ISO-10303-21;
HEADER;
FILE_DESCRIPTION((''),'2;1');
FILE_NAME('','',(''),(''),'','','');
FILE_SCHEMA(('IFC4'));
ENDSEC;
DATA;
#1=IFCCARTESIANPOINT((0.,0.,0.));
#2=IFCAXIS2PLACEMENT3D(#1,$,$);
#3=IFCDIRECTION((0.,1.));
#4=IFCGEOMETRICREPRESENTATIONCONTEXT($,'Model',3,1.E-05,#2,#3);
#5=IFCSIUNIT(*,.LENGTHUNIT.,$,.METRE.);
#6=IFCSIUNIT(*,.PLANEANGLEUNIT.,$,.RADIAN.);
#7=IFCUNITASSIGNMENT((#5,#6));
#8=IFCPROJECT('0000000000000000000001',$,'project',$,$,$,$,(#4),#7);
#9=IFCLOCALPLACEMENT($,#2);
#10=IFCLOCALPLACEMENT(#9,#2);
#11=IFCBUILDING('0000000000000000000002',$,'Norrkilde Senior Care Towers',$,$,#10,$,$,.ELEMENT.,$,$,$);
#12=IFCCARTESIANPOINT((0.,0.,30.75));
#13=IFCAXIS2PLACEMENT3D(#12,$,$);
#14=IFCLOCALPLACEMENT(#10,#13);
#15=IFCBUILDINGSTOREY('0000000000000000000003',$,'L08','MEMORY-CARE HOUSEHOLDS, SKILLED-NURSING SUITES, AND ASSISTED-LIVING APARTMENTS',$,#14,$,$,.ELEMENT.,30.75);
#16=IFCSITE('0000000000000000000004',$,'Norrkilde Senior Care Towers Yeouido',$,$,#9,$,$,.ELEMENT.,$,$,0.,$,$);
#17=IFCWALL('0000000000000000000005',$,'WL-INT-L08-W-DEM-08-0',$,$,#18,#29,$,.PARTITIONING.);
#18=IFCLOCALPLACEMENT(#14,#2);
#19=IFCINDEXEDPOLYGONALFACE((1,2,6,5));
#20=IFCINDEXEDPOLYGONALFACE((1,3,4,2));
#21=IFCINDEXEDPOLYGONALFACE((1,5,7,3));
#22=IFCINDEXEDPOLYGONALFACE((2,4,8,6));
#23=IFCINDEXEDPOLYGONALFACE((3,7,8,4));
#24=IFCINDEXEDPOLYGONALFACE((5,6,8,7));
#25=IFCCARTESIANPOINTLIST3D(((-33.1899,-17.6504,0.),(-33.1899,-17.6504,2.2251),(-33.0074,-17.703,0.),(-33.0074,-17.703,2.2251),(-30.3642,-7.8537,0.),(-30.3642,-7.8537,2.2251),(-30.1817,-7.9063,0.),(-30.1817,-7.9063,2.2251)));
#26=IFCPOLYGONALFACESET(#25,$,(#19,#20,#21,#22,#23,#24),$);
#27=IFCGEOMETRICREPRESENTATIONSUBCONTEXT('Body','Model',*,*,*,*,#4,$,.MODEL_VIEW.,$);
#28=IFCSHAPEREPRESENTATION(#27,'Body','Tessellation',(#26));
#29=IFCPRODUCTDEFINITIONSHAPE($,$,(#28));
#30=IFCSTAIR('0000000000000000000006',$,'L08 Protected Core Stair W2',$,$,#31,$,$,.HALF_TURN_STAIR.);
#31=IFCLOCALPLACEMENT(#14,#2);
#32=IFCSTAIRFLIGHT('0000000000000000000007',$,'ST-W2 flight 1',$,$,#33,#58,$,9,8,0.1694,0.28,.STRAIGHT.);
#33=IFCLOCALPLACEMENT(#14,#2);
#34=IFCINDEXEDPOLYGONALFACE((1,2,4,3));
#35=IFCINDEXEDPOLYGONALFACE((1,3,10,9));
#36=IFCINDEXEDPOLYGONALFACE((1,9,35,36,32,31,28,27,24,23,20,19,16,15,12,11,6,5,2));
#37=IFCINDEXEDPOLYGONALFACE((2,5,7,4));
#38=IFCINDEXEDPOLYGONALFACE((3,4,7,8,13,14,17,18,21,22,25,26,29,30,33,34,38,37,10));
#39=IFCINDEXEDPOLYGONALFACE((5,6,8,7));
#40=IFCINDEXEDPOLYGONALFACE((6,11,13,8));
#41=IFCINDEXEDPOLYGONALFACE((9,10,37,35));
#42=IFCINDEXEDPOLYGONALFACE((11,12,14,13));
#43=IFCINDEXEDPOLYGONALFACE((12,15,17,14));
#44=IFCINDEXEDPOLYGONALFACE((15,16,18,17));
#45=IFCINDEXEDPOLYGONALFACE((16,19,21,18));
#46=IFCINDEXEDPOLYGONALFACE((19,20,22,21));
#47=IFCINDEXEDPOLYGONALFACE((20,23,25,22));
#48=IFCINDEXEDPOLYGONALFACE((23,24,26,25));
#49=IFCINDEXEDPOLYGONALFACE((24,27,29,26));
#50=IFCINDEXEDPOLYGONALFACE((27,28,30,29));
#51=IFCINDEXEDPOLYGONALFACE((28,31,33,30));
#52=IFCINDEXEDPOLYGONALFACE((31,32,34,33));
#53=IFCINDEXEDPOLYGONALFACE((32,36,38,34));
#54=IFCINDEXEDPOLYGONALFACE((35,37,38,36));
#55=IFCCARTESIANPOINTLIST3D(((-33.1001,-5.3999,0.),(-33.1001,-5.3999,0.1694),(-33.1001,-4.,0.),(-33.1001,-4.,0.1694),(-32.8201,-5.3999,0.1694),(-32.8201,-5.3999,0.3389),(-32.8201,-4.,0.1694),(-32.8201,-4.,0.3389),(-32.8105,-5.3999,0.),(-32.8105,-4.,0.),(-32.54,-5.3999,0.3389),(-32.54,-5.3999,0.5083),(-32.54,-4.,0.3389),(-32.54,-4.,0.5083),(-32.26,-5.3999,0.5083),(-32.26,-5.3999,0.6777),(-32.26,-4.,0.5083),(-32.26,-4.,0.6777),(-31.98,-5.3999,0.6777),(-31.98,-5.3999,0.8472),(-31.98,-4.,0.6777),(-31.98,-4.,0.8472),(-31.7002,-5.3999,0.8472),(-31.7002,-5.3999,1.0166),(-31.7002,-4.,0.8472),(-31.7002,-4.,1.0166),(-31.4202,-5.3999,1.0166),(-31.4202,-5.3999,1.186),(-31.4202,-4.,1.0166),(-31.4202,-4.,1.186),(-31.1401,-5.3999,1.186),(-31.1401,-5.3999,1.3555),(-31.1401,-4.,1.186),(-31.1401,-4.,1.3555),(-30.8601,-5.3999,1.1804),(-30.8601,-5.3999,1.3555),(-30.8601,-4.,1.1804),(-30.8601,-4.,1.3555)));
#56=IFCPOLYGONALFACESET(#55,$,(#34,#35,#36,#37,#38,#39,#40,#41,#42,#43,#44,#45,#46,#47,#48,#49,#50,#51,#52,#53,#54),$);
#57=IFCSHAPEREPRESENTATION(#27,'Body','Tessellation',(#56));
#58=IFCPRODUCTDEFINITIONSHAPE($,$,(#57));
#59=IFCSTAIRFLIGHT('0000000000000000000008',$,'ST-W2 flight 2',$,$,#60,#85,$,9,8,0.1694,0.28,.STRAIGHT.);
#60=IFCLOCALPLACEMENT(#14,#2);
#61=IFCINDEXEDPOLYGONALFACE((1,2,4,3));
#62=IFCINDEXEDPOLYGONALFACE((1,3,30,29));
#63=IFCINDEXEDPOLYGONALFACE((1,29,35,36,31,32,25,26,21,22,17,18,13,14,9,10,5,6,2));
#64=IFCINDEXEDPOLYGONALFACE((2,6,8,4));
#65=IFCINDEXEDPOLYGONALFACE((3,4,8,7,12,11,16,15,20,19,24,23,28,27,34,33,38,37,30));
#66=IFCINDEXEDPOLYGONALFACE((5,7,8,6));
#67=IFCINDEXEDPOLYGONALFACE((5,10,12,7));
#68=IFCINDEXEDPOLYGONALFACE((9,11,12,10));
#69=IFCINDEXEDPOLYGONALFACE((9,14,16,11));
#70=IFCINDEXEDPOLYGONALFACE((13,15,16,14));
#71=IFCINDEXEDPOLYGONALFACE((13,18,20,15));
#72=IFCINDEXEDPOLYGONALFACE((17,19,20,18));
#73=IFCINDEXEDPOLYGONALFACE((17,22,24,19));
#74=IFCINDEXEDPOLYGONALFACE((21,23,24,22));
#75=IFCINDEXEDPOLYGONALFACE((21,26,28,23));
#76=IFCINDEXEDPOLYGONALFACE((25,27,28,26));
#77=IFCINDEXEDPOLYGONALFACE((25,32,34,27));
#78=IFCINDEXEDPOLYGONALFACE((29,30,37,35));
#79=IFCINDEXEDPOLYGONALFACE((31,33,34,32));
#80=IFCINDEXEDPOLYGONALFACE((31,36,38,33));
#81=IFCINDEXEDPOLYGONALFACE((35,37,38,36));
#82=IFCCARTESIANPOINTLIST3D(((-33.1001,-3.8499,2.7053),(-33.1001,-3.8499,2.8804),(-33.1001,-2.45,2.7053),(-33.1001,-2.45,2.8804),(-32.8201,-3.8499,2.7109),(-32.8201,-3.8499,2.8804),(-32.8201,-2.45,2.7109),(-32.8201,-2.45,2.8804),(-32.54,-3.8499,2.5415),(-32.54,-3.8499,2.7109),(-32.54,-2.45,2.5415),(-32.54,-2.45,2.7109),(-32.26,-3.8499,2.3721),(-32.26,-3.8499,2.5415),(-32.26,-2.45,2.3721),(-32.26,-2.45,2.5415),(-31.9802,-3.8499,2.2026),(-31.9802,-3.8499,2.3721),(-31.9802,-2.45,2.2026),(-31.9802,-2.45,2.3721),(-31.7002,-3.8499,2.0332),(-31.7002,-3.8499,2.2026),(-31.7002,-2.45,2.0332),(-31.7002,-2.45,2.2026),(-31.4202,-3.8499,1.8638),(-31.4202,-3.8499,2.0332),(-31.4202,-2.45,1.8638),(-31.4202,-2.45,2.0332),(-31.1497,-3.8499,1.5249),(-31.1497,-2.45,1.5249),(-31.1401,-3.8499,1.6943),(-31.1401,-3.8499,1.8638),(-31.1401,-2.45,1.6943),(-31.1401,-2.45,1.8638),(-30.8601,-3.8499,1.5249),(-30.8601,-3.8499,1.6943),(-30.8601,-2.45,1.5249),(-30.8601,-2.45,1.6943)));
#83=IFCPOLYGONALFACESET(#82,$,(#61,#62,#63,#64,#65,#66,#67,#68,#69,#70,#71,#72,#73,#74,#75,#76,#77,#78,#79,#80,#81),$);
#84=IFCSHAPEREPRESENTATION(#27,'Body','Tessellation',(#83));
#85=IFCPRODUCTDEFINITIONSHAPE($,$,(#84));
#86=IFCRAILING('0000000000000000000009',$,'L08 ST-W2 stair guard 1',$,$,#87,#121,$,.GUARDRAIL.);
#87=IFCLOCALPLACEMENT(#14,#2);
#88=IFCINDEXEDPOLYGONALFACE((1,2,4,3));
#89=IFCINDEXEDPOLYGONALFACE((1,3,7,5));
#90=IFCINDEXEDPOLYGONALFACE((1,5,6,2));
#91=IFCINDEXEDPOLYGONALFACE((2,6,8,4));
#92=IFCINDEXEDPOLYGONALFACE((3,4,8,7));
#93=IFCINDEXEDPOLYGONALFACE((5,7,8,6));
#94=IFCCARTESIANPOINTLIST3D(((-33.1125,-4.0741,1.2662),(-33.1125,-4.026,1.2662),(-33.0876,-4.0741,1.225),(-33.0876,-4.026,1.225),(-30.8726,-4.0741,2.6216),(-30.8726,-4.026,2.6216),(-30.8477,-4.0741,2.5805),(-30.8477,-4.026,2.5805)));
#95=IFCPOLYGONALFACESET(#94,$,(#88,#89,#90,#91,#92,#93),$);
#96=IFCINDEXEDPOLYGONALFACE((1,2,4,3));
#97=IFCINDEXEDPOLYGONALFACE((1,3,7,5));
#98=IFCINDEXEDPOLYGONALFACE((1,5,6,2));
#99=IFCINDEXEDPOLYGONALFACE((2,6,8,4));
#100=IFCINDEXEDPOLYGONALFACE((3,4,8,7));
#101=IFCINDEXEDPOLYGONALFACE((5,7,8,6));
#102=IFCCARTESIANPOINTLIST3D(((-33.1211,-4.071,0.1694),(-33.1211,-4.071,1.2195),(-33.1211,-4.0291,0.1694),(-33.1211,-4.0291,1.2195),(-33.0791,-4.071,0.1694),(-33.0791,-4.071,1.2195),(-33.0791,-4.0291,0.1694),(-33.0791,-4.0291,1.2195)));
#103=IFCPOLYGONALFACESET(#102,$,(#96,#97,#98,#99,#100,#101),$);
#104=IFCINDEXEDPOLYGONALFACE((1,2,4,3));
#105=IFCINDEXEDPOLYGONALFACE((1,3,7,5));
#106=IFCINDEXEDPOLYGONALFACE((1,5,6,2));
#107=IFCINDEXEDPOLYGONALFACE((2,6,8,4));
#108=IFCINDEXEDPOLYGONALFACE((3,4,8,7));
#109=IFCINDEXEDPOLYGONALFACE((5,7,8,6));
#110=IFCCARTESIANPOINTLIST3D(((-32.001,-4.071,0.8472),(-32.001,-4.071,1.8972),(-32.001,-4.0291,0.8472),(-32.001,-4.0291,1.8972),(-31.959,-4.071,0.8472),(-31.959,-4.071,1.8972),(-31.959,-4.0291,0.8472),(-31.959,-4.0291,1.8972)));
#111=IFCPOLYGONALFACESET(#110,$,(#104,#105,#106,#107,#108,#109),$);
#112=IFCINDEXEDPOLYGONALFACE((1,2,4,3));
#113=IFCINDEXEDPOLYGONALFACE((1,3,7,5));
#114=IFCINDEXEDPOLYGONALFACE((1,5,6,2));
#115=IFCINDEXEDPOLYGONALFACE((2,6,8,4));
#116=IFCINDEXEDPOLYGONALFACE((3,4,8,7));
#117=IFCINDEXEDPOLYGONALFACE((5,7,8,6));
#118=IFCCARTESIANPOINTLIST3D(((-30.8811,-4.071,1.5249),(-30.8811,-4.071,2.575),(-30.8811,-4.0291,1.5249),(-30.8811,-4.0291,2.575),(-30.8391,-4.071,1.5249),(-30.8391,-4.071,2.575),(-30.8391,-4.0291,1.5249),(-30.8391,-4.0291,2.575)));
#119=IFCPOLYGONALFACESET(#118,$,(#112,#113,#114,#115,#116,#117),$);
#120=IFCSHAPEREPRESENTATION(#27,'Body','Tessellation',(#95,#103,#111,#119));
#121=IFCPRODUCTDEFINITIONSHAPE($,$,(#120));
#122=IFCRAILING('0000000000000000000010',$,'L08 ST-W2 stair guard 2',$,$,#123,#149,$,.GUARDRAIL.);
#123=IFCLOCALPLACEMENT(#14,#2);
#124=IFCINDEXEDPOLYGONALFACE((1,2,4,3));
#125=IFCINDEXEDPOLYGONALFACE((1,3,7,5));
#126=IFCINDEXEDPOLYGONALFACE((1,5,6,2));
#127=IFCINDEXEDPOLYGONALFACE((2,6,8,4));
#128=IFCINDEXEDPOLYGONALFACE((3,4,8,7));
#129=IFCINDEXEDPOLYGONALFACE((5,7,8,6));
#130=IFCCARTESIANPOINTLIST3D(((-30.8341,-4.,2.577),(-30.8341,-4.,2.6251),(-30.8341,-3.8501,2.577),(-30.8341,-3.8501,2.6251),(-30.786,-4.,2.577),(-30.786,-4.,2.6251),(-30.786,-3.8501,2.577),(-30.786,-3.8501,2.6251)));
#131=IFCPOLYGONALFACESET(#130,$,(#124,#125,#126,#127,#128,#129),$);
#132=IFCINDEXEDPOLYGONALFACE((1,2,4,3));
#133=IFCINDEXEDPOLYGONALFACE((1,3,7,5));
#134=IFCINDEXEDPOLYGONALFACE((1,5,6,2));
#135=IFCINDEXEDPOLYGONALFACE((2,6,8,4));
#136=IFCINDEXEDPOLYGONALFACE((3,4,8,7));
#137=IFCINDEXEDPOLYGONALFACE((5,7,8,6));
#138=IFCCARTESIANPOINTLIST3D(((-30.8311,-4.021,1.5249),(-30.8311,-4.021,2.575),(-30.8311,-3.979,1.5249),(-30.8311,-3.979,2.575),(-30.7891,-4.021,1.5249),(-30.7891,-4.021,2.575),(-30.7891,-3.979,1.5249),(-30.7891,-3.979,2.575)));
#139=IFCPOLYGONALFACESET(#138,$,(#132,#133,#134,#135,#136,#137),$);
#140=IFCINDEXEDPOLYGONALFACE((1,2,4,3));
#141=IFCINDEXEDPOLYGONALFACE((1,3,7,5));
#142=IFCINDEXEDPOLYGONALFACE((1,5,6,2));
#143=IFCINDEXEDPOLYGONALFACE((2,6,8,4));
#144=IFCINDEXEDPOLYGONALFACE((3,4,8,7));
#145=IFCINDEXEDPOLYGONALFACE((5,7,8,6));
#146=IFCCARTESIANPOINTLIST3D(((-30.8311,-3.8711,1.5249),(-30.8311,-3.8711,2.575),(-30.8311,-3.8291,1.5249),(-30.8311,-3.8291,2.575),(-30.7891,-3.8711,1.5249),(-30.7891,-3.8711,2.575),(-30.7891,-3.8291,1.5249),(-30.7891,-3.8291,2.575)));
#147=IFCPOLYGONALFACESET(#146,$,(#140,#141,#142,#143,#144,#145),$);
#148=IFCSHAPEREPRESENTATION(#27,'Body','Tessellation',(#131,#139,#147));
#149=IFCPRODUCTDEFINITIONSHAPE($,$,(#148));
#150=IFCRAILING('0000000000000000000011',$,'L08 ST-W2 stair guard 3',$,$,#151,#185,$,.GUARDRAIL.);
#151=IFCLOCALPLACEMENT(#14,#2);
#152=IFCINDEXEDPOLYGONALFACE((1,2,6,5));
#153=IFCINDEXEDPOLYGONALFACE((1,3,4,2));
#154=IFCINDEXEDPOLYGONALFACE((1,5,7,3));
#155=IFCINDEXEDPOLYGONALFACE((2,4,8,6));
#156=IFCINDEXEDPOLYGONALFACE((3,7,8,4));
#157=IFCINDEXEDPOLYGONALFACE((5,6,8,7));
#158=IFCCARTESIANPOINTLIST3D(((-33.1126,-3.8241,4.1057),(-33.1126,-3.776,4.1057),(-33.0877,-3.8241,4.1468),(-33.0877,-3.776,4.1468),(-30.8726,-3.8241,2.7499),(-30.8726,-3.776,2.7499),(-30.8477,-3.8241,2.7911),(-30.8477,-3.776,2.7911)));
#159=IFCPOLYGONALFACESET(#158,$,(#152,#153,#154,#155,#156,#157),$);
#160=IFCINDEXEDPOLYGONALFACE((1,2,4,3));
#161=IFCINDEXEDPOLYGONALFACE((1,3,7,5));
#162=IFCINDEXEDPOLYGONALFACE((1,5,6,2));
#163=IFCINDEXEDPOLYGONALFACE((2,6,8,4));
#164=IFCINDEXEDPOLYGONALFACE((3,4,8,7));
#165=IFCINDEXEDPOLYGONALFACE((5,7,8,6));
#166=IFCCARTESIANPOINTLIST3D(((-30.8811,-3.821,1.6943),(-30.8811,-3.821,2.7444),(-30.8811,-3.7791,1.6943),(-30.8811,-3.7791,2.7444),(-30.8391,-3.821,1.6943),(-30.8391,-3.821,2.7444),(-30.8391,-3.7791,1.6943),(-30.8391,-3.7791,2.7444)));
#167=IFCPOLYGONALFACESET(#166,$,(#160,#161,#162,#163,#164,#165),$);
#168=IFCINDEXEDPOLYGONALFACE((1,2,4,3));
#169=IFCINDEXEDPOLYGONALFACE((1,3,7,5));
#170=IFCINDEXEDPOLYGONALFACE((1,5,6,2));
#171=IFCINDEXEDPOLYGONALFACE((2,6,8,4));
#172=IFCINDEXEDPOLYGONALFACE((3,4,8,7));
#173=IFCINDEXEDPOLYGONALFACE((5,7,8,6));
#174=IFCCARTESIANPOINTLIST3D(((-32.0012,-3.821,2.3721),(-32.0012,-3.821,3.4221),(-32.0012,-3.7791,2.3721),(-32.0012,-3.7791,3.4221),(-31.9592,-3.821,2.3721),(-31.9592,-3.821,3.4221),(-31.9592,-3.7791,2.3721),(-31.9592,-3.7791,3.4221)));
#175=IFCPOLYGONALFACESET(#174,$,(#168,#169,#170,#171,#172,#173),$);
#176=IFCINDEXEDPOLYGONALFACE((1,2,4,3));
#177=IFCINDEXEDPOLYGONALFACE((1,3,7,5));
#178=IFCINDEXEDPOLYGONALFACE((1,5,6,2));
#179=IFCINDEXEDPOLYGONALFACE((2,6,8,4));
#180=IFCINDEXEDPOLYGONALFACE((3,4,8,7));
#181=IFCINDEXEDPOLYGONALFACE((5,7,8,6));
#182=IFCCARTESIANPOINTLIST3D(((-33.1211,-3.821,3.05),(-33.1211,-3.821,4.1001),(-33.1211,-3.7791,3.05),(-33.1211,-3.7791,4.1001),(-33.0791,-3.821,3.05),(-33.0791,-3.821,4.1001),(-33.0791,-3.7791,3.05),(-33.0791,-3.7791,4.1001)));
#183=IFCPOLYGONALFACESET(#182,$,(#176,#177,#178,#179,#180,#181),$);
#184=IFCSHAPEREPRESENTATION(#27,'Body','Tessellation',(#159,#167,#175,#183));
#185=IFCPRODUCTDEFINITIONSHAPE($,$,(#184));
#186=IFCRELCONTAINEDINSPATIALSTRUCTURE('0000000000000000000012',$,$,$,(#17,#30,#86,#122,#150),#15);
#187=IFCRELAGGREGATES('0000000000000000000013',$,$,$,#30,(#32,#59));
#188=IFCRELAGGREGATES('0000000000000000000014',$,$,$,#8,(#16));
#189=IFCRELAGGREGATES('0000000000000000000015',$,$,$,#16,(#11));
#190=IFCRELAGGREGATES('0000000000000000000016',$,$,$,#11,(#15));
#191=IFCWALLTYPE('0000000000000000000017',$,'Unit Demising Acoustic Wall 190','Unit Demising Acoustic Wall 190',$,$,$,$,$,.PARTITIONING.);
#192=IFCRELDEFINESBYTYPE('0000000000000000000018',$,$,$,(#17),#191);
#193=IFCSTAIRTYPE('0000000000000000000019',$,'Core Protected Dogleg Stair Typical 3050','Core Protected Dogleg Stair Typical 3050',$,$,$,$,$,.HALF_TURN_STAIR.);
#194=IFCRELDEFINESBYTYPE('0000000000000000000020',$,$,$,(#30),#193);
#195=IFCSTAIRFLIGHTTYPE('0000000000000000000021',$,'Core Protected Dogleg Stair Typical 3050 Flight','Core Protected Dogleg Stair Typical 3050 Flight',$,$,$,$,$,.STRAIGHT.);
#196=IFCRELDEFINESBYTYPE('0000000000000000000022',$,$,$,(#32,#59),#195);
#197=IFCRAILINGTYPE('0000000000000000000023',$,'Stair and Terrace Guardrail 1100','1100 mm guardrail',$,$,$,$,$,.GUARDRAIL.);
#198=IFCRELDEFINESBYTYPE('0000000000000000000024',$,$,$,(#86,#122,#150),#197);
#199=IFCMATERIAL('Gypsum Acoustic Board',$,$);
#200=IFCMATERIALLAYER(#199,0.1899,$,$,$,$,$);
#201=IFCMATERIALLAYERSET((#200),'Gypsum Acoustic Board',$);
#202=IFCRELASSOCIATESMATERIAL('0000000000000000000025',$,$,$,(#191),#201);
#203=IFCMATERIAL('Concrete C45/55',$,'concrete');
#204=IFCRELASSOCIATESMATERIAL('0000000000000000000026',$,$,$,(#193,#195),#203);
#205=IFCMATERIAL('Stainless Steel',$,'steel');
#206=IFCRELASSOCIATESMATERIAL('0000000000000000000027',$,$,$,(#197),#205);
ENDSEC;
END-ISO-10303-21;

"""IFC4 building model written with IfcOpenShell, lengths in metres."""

from ifc_helpers import new_model, si_unit, direction, frame, frame_2d, origin, origin_2d, place, context, subcontext, project, spatial, polyline, rectangle, outline, extrude, source, transform, mapped, material, layer, layer_set, type_object, type_shapes, element, aggregate, save


model = new_model("IFC4")

# Units and contexts
model_context = context("Model", 3, precision=1e-05, world=origin(), true_north=direction((0.0, 1.0)))
body_context = subcontext(model_context, "Body", "Model", "MODEL_VIEW")
ifc_project = project(units=[si_unit("LENGTHUNIT", "METRE"), si_unit("PLANEANGLEUNIT", "RADIAN")], contexts=[model_context])

# Site, building, storey
site_placement = place(None, origin())
site = spatial("IfcSite", under=ifc_project, at=site_placement, Name="Norrkilde Senior Care Towers Yeouido", CompositionType="ELEMENT", RefElevation=0.0)
building_placement = place(site_placement, origin())
building = spatial("IfcBuilding", under=site, at=building_placement, Name="Norrkilde Senior Care Towers", CompositionType="ELEMENT")
storey_placement = place(building_placement, frame((0.0, 0.0, 30.75)))
storey = spatial("IfcBuildingStorey", under=building, at=storey_placement, Name="L08", Description="MEMORY-CARE HOUSEHOLDS, SKILLED-NURSING SUITES, AND ASSISTED-LIVING APARTMENTS", CompositionType="ELEMENT", Elevation=30.75)

# Shared definitions
ifc_material_1 = material(Name="Concrete C45/55", Category="concrete")

# Wall
ifc_material_2 = material(Name="Gypsum Acoustic Board")
ifc_layer_1 = layer(ifc_material_2, 0.1899)
ifc_layer_set_1 = layer_set([ifc_layer_1], Name="Gypsum Acoustic Board")
wall_type_1 = type_object("IfcWallType", Name="Unit Demising Acoustic Wall 190", Description="Unit Demising Acoustic Wall 190", PredefinedType="PARTITIONING", material=ifc_layer_set_1)
shared_shape_1 = source(origin(), body_context, "Body", "SweptSolid", [
    extrude(rectangle(XDim=10.196, YDim=0.1899, at=frame_2d((5.0981, 0.0))), origin(), (0.0, 0.0, 1.0), 2.2251),
])
type_shapes(wall_type_1, [shared_shape_1])
wall_1_placement = place(storey_placement, frame((-30.2729, -7.8799, 0.0), z_axis=(0.0, 0.0, 1.0), x_axis=(-0.277136, -0.960831, 0.0)))
element("IfcWall", 1, at=wall_1_placement, inside=storey, type_object=wall_type_1, Name="WL-INT-L08-W-DEM-08-0", PredefinedType="PARTITIONING", context=body_context, shape_type="MappedRepresentation", body=[
    mapped(shared_shape_1, transform((0.0, 0.0, 0.0), x_axis=(1.0, 0.0, 0.0), y_axis=(0.0, 1.0, 0.0), z_axis=(0.0, 0.0, 1.0), scale=1.0)),
])

# Stair, stair flights
stair_type = type_object("IfcStairType", Name="Core Protected Dogleg Stair Typical 3050", Description="Core Protected Dogleg Stair Typical 3050", PredefinedType="HALF_TURN_STAIR", material=ifc_material_1)
stair_placement = place(storey_placement, origin())
stair = element("IfcStair", 2, at=stair_placement, inside=storey, type_object=stair_type, Name="L08 Protected Core Stair W2", PredefinedType="HALF_TURN_STAIR")
stair_flight_type = type_object("IfcStairFlightType", Name="Core Protected Dogleg Stair Typical 3050 Flight", Description="Core Protected Dogleg Stair Typical 3050 Flight", PredefinedType="STRAIGHT", material=ifc_material_1)
stair_flight_1_placement = place(storey_placement, frame((-33.1001, -4.7, 0.0), z_axis=(0.0, 0.0, 1.0), x_axis=(1.0, 0.0, 0.0)))
stair_flight_1 = element("IfcStairFlight", 3, at=stair_flight_1_placement, type_object=stair_flight_type, Name="ST-W2 flight 1", NumberOfRisers=9, NumberOfTreads=8, PredefinedType="STRAIGHT", RiserHeight=0.1694, TreadLength=0.28, context=body_context, shape_type="SweptSolid", body=[
    extrude(outline(polyline([(0.0, 0.0), (0.0, 0.1694), (0.28, 0.1694), (0.28, 0.3389), (0.5601, 0.3389), (0.5601, 0.5083), (0.8401, 0.5083), (0.8401, 0.6777), (1.1201, 0.6777), (1.1201, 0.8472), (1.3999, 0.8472), (1.3999, 1.0166), (1.6799, 1.0166), (1.6799, 1.186), (1.96, 1.186), (1.96, 1.3555), (2.24, 1.3555), (2.24, 1.5249), (2.24, 1.1804), (0.2896, 0.0), (0.0, 0.0)])), frame((0.0, 0.7, 0.0), z_axis=(0.0, -1.0, 0.0), x_axis=(1.0, 0.0, 0.0)), (0.0, 0.0, 1.0), 1.3999),
])
stair_flight_2_placement = place(storey_placement, frame((-30.8601, -3.1499, 1.5249), z_axis=(0.0, 0.0, 1.0), x_axis=(-1.0, 0.0, 0.0)))
stair_flight_2 = element("IfcStairFlight", 4, at=stair_flight_2_placement, type_object=stair_flight_type, Name="ST-W2 flight 2", NumberOfRisers=9, NumberOfTreads=8, PredefinedType="STRAIGHT", RiserHeight=0.1694, TreadLength=0.28, context=body_context, shape_type="SweptSolid", body=[
    extrude(outline(polyline([(0.0, 0.0), (0.0, 0.1694), (0.28, 0.1694), (0.28, 0.3389), (0.5601, 0.3389), (0.5601, 0.5083), (0.8401, 0.5083), (0.8401, 0.6777), (1.1201, 0.6777), (1.1201, 0.8472), (1.3999, 0.8472), (1.3999, 1.0166), (1.6799, 1.0166), (1.6799, 1.186), (1.96, 1.186), (1.96, 1.3555), (2.24, 1.3555), (2.24, 1.5249), (2.24, 1.1804), (0.2896, 0.0), (0.0, 0.0)])), frame((0.0, 0.7, 0.0), z_axis=(0.0, -1.0, 0.0), x_axis=(1.0, 0.0, 0.0)), (0.0, 0.0, 1.0), 1.3999),
])
aggregate(stair, [stair_flight_1, stair_flight_2])

# Railings
ifc_material_3 = material(Name="Stainless Steel", Category="steel")
railing_type_1 = type_object("IfcRailingType", Name="Stair and Terrace Guardrail 1100", Description="1100 mm guardrail", PredefinedType="GUARDRAIL", material=ifc_material_3)
railing_1_placement = place(storey_placement, frame((-33.1001, -4.05, 0.1694)))
element("IfcRailing", 5, at=railing_1_placement, inside=storey, type_object=railing_type_1, Name="L08 ST-W2 stair guard 1", PredefinedType="GUARDRAIL", context=body_context, shape_type="SweptSolid", body=[
    extrude(rectangle(XDim=0.0481, YDim=0.0481, at=origin_2d()), frame((0.0, 0.0, 1.0762), z_axis=(0.855553, 0.0, 0.517715), x_axis=(0.0, 1.0, 0.0)), (0.0, 0.0, 1.0), 2.6182),
    extrude(rectangle(XDim=0.042, YDim=0.042, at=origin_2d()), origin(), (0.0, 0.0, 1.0), 1.05),
    extrude(rectangle(XDim=0.042, YDim=0.042, at=origin_2d()), frame((1.1201, 0.0, 0.6777)), (0.0, 0.0, 1.0), 1.05),
    extrude(rectangle(XDim=0.042, YDim=0.042, at=origin_2d()), frame((2.24, 0.0, 1.3555)), (0.0, 0.0, 1.0), 1.05),
])
railing_2_placement = place(storey_placement, frame((-30.8101, -4.0, 1.5249)))
element("IfcRailing", 6, at=railing_2_placement, inside=storey, type_object=railing_type_1, Name="L08 ST-W2 stair guard 2", PredefinedType="GUARDRAIL", context=body_context, shape_type="SweptSolid", body=[
    extrude(rectangle(XDim=0.0481, YDim=0.0481, at=origin_2d()), frame((0.0, 0.0, 1.0762), z_axis=(0.0, 1.0, 0.0), x_axis=(-1.0, 0.0, 0.0)), (0.0, 0.0, 1.0), 0.1499),
    extrude(rectangle(XDim=0.042, YDim=0.042, at=origin_2d()), origin(), (0.0, 0.0, 1.0), 1.05),
    extrude(rectangle(XDim=0.042, YDim=0.042, at=origin_2d()), frame((0.0, 0.1499, 0.0)), (0.0, 0.0, 1.0), 1.05),
])
railing_3_placement = place(storey_placement, frame((-30.8601, -3.8, 1.6943)))
element("IfcRailing", 7, at=railing_3_placement, inside=storey, type_object=railing_type_1, Name="L08 ST-W2 stair guard 3", PredefinedType="GUARDRAIL", context=body_context, shape_type="SweptSolid", body=[
    extrude(rectangle(XDim=0.0481, YDim=0.0481, at=origin_2d()), frame((0.0, 0.0, 1.0762), z_axis=(-0.855512, 0.0, 0.517783), x_axis=(0.0, -1.0, 0.0)), (0.0, 0.0, 1.0), 2.6184),
    extrude(rectangle(XDim=0.042, YDim=0.042, at=origin_2d()), origin(), (0.0, 0.0, 1.0), 1.05),
    extrude(rectangle(XDim=0.042, YDim=0.042, at=origin_2d()), frame((-1.1201, 0.0, 0.6777)), (0.0, 0.0, 1.0), 1.05),
    extrude(rectangle(XDim=0.042, YDim=0.042, at=origin_2d()), frame((-2.24, 0.0, 1.3557)), (0.0, 0.0, 1.0), 1.05),
])

save(model, "model.ifc")
